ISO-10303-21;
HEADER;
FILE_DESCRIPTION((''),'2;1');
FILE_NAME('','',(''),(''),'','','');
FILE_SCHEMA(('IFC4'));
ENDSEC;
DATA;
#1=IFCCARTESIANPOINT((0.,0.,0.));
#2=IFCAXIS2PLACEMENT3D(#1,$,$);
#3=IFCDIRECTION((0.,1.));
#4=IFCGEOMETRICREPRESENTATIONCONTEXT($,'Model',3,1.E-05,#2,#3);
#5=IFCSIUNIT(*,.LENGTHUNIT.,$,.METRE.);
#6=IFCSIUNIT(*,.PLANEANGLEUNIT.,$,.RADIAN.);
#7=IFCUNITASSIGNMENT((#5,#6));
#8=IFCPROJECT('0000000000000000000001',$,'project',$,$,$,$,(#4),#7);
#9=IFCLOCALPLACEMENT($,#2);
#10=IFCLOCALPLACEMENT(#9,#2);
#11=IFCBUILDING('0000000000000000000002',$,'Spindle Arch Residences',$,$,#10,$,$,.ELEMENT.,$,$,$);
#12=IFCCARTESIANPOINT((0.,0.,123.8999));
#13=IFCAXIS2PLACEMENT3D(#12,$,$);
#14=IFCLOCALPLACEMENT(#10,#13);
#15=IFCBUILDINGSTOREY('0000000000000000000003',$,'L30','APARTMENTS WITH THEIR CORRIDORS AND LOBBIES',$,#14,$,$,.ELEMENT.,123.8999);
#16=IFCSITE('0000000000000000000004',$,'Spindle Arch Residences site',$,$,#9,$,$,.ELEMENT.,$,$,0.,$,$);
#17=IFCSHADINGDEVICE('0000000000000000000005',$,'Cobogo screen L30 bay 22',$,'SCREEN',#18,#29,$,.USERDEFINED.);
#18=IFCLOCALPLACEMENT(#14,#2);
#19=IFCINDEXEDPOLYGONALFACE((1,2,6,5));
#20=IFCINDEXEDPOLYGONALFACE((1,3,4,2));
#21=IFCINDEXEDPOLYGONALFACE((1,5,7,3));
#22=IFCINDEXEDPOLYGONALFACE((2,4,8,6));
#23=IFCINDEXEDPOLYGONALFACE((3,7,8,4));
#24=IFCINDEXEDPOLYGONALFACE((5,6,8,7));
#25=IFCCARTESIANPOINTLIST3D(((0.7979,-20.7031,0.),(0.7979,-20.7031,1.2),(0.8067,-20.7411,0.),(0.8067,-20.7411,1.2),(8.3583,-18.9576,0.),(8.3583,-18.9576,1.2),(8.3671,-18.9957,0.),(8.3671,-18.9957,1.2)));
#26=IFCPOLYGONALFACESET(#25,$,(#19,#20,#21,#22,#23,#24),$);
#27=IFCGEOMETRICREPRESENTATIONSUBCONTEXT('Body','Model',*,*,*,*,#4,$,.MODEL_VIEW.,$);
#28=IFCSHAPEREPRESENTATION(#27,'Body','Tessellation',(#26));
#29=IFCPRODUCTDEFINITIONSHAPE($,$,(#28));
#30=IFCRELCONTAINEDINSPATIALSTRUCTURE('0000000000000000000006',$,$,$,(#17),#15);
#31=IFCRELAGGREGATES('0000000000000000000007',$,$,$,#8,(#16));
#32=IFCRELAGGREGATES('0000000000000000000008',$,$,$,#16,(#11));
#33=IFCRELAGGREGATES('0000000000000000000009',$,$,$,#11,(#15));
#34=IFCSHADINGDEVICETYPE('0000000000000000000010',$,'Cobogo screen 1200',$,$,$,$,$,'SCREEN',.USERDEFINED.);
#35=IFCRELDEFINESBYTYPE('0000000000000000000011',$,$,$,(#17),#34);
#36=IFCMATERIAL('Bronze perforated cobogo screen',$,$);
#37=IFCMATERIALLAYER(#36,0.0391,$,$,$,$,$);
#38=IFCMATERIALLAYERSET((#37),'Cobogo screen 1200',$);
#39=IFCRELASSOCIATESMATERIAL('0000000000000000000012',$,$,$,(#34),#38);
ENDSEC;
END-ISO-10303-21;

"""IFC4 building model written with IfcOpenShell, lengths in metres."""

from ifc_helpers import new_model, si_unit, direction, frame, origin, origin_2d, place, context, subcontext, project, spatial, rectangle, extrude, material, layer, layer_set, type_object, element, save


model = new_model("IFC4")

# Units and contexts
model_context = context("Model", 3, precision=1e-05, world=origin(), true_north=direction((0.0, 1.0)))
body_context = subcontext(model_context, "Body", "Model", "MODEL_VIEW")
ifc_project = project(units=[si_unit("LENGTHUNIT", "METRE"), si_unit("PLANEANGLEUNIT", "RADIAN")], contexts=[model_context])

# Site, building, storey
site_placement = place(None, origin())
site = spatial("IfcSite", under=ifc_project, at=site_placement, Name="Spindle Arch Residences site", CompositionType="ELEMENT", RefElevation=0.0)
building_placement = place(site_placement, origin())
building = spatial("IfcBuilding", under=site, at=building_placement, Name="Spindle Arch Residences", CompositionType="ELEMENT")
storey_placement = place(building_placement, frame((0.0, 0.0, 123.8999)))
storey = spatial("IfcBuildingStorey", under=building, at=storey_placement, Name="L30", Description="APARTMENTS WITH THEIR CORRIDORS AND LOBBIES", CompositionType="ELEMENT", Elevation=123.8999)

# Shading device
ifc_material_1 = material(Name="Bronze perforated cobogo screen")
ifc_layer_1 = layer(ifc_material_1, 0.0391)
ifc_layer_set_1 = layer_set([ifc_layer_1], Name="Cobogo screen 1200")
shading_device_type = type_object("IfcShadingDeviceType", Name="Cobogo screen 1200", ElementType="SCREEN", PredefinedType="USERDEFINED", material=ifc_layer_set_1)
shading_device_placement = place(storey_placement, frame((4.5825, -19.8494, 0.0), z_axis=(0.0, 0.0, 1.0), x_axis=(0.97437, 0.224951, 0.0)))
element("IfcShadingDevice", 1, at=shading_device_placement, inside=storey, type_object=shading_device_type, Name="Cobogo screen L30 bay 22", ObjectType="SCREEN", PredefinedType="USERDEFINED", context=body_context, shape_type="SweptSolid", body=[
    extrude(rectangle(XDim=7.7593, YDim=0.0391, at=origin_2d()), origin(), (0.0, 0.0, 1.0), 1.2),
])

save(model, "model.ifc")
